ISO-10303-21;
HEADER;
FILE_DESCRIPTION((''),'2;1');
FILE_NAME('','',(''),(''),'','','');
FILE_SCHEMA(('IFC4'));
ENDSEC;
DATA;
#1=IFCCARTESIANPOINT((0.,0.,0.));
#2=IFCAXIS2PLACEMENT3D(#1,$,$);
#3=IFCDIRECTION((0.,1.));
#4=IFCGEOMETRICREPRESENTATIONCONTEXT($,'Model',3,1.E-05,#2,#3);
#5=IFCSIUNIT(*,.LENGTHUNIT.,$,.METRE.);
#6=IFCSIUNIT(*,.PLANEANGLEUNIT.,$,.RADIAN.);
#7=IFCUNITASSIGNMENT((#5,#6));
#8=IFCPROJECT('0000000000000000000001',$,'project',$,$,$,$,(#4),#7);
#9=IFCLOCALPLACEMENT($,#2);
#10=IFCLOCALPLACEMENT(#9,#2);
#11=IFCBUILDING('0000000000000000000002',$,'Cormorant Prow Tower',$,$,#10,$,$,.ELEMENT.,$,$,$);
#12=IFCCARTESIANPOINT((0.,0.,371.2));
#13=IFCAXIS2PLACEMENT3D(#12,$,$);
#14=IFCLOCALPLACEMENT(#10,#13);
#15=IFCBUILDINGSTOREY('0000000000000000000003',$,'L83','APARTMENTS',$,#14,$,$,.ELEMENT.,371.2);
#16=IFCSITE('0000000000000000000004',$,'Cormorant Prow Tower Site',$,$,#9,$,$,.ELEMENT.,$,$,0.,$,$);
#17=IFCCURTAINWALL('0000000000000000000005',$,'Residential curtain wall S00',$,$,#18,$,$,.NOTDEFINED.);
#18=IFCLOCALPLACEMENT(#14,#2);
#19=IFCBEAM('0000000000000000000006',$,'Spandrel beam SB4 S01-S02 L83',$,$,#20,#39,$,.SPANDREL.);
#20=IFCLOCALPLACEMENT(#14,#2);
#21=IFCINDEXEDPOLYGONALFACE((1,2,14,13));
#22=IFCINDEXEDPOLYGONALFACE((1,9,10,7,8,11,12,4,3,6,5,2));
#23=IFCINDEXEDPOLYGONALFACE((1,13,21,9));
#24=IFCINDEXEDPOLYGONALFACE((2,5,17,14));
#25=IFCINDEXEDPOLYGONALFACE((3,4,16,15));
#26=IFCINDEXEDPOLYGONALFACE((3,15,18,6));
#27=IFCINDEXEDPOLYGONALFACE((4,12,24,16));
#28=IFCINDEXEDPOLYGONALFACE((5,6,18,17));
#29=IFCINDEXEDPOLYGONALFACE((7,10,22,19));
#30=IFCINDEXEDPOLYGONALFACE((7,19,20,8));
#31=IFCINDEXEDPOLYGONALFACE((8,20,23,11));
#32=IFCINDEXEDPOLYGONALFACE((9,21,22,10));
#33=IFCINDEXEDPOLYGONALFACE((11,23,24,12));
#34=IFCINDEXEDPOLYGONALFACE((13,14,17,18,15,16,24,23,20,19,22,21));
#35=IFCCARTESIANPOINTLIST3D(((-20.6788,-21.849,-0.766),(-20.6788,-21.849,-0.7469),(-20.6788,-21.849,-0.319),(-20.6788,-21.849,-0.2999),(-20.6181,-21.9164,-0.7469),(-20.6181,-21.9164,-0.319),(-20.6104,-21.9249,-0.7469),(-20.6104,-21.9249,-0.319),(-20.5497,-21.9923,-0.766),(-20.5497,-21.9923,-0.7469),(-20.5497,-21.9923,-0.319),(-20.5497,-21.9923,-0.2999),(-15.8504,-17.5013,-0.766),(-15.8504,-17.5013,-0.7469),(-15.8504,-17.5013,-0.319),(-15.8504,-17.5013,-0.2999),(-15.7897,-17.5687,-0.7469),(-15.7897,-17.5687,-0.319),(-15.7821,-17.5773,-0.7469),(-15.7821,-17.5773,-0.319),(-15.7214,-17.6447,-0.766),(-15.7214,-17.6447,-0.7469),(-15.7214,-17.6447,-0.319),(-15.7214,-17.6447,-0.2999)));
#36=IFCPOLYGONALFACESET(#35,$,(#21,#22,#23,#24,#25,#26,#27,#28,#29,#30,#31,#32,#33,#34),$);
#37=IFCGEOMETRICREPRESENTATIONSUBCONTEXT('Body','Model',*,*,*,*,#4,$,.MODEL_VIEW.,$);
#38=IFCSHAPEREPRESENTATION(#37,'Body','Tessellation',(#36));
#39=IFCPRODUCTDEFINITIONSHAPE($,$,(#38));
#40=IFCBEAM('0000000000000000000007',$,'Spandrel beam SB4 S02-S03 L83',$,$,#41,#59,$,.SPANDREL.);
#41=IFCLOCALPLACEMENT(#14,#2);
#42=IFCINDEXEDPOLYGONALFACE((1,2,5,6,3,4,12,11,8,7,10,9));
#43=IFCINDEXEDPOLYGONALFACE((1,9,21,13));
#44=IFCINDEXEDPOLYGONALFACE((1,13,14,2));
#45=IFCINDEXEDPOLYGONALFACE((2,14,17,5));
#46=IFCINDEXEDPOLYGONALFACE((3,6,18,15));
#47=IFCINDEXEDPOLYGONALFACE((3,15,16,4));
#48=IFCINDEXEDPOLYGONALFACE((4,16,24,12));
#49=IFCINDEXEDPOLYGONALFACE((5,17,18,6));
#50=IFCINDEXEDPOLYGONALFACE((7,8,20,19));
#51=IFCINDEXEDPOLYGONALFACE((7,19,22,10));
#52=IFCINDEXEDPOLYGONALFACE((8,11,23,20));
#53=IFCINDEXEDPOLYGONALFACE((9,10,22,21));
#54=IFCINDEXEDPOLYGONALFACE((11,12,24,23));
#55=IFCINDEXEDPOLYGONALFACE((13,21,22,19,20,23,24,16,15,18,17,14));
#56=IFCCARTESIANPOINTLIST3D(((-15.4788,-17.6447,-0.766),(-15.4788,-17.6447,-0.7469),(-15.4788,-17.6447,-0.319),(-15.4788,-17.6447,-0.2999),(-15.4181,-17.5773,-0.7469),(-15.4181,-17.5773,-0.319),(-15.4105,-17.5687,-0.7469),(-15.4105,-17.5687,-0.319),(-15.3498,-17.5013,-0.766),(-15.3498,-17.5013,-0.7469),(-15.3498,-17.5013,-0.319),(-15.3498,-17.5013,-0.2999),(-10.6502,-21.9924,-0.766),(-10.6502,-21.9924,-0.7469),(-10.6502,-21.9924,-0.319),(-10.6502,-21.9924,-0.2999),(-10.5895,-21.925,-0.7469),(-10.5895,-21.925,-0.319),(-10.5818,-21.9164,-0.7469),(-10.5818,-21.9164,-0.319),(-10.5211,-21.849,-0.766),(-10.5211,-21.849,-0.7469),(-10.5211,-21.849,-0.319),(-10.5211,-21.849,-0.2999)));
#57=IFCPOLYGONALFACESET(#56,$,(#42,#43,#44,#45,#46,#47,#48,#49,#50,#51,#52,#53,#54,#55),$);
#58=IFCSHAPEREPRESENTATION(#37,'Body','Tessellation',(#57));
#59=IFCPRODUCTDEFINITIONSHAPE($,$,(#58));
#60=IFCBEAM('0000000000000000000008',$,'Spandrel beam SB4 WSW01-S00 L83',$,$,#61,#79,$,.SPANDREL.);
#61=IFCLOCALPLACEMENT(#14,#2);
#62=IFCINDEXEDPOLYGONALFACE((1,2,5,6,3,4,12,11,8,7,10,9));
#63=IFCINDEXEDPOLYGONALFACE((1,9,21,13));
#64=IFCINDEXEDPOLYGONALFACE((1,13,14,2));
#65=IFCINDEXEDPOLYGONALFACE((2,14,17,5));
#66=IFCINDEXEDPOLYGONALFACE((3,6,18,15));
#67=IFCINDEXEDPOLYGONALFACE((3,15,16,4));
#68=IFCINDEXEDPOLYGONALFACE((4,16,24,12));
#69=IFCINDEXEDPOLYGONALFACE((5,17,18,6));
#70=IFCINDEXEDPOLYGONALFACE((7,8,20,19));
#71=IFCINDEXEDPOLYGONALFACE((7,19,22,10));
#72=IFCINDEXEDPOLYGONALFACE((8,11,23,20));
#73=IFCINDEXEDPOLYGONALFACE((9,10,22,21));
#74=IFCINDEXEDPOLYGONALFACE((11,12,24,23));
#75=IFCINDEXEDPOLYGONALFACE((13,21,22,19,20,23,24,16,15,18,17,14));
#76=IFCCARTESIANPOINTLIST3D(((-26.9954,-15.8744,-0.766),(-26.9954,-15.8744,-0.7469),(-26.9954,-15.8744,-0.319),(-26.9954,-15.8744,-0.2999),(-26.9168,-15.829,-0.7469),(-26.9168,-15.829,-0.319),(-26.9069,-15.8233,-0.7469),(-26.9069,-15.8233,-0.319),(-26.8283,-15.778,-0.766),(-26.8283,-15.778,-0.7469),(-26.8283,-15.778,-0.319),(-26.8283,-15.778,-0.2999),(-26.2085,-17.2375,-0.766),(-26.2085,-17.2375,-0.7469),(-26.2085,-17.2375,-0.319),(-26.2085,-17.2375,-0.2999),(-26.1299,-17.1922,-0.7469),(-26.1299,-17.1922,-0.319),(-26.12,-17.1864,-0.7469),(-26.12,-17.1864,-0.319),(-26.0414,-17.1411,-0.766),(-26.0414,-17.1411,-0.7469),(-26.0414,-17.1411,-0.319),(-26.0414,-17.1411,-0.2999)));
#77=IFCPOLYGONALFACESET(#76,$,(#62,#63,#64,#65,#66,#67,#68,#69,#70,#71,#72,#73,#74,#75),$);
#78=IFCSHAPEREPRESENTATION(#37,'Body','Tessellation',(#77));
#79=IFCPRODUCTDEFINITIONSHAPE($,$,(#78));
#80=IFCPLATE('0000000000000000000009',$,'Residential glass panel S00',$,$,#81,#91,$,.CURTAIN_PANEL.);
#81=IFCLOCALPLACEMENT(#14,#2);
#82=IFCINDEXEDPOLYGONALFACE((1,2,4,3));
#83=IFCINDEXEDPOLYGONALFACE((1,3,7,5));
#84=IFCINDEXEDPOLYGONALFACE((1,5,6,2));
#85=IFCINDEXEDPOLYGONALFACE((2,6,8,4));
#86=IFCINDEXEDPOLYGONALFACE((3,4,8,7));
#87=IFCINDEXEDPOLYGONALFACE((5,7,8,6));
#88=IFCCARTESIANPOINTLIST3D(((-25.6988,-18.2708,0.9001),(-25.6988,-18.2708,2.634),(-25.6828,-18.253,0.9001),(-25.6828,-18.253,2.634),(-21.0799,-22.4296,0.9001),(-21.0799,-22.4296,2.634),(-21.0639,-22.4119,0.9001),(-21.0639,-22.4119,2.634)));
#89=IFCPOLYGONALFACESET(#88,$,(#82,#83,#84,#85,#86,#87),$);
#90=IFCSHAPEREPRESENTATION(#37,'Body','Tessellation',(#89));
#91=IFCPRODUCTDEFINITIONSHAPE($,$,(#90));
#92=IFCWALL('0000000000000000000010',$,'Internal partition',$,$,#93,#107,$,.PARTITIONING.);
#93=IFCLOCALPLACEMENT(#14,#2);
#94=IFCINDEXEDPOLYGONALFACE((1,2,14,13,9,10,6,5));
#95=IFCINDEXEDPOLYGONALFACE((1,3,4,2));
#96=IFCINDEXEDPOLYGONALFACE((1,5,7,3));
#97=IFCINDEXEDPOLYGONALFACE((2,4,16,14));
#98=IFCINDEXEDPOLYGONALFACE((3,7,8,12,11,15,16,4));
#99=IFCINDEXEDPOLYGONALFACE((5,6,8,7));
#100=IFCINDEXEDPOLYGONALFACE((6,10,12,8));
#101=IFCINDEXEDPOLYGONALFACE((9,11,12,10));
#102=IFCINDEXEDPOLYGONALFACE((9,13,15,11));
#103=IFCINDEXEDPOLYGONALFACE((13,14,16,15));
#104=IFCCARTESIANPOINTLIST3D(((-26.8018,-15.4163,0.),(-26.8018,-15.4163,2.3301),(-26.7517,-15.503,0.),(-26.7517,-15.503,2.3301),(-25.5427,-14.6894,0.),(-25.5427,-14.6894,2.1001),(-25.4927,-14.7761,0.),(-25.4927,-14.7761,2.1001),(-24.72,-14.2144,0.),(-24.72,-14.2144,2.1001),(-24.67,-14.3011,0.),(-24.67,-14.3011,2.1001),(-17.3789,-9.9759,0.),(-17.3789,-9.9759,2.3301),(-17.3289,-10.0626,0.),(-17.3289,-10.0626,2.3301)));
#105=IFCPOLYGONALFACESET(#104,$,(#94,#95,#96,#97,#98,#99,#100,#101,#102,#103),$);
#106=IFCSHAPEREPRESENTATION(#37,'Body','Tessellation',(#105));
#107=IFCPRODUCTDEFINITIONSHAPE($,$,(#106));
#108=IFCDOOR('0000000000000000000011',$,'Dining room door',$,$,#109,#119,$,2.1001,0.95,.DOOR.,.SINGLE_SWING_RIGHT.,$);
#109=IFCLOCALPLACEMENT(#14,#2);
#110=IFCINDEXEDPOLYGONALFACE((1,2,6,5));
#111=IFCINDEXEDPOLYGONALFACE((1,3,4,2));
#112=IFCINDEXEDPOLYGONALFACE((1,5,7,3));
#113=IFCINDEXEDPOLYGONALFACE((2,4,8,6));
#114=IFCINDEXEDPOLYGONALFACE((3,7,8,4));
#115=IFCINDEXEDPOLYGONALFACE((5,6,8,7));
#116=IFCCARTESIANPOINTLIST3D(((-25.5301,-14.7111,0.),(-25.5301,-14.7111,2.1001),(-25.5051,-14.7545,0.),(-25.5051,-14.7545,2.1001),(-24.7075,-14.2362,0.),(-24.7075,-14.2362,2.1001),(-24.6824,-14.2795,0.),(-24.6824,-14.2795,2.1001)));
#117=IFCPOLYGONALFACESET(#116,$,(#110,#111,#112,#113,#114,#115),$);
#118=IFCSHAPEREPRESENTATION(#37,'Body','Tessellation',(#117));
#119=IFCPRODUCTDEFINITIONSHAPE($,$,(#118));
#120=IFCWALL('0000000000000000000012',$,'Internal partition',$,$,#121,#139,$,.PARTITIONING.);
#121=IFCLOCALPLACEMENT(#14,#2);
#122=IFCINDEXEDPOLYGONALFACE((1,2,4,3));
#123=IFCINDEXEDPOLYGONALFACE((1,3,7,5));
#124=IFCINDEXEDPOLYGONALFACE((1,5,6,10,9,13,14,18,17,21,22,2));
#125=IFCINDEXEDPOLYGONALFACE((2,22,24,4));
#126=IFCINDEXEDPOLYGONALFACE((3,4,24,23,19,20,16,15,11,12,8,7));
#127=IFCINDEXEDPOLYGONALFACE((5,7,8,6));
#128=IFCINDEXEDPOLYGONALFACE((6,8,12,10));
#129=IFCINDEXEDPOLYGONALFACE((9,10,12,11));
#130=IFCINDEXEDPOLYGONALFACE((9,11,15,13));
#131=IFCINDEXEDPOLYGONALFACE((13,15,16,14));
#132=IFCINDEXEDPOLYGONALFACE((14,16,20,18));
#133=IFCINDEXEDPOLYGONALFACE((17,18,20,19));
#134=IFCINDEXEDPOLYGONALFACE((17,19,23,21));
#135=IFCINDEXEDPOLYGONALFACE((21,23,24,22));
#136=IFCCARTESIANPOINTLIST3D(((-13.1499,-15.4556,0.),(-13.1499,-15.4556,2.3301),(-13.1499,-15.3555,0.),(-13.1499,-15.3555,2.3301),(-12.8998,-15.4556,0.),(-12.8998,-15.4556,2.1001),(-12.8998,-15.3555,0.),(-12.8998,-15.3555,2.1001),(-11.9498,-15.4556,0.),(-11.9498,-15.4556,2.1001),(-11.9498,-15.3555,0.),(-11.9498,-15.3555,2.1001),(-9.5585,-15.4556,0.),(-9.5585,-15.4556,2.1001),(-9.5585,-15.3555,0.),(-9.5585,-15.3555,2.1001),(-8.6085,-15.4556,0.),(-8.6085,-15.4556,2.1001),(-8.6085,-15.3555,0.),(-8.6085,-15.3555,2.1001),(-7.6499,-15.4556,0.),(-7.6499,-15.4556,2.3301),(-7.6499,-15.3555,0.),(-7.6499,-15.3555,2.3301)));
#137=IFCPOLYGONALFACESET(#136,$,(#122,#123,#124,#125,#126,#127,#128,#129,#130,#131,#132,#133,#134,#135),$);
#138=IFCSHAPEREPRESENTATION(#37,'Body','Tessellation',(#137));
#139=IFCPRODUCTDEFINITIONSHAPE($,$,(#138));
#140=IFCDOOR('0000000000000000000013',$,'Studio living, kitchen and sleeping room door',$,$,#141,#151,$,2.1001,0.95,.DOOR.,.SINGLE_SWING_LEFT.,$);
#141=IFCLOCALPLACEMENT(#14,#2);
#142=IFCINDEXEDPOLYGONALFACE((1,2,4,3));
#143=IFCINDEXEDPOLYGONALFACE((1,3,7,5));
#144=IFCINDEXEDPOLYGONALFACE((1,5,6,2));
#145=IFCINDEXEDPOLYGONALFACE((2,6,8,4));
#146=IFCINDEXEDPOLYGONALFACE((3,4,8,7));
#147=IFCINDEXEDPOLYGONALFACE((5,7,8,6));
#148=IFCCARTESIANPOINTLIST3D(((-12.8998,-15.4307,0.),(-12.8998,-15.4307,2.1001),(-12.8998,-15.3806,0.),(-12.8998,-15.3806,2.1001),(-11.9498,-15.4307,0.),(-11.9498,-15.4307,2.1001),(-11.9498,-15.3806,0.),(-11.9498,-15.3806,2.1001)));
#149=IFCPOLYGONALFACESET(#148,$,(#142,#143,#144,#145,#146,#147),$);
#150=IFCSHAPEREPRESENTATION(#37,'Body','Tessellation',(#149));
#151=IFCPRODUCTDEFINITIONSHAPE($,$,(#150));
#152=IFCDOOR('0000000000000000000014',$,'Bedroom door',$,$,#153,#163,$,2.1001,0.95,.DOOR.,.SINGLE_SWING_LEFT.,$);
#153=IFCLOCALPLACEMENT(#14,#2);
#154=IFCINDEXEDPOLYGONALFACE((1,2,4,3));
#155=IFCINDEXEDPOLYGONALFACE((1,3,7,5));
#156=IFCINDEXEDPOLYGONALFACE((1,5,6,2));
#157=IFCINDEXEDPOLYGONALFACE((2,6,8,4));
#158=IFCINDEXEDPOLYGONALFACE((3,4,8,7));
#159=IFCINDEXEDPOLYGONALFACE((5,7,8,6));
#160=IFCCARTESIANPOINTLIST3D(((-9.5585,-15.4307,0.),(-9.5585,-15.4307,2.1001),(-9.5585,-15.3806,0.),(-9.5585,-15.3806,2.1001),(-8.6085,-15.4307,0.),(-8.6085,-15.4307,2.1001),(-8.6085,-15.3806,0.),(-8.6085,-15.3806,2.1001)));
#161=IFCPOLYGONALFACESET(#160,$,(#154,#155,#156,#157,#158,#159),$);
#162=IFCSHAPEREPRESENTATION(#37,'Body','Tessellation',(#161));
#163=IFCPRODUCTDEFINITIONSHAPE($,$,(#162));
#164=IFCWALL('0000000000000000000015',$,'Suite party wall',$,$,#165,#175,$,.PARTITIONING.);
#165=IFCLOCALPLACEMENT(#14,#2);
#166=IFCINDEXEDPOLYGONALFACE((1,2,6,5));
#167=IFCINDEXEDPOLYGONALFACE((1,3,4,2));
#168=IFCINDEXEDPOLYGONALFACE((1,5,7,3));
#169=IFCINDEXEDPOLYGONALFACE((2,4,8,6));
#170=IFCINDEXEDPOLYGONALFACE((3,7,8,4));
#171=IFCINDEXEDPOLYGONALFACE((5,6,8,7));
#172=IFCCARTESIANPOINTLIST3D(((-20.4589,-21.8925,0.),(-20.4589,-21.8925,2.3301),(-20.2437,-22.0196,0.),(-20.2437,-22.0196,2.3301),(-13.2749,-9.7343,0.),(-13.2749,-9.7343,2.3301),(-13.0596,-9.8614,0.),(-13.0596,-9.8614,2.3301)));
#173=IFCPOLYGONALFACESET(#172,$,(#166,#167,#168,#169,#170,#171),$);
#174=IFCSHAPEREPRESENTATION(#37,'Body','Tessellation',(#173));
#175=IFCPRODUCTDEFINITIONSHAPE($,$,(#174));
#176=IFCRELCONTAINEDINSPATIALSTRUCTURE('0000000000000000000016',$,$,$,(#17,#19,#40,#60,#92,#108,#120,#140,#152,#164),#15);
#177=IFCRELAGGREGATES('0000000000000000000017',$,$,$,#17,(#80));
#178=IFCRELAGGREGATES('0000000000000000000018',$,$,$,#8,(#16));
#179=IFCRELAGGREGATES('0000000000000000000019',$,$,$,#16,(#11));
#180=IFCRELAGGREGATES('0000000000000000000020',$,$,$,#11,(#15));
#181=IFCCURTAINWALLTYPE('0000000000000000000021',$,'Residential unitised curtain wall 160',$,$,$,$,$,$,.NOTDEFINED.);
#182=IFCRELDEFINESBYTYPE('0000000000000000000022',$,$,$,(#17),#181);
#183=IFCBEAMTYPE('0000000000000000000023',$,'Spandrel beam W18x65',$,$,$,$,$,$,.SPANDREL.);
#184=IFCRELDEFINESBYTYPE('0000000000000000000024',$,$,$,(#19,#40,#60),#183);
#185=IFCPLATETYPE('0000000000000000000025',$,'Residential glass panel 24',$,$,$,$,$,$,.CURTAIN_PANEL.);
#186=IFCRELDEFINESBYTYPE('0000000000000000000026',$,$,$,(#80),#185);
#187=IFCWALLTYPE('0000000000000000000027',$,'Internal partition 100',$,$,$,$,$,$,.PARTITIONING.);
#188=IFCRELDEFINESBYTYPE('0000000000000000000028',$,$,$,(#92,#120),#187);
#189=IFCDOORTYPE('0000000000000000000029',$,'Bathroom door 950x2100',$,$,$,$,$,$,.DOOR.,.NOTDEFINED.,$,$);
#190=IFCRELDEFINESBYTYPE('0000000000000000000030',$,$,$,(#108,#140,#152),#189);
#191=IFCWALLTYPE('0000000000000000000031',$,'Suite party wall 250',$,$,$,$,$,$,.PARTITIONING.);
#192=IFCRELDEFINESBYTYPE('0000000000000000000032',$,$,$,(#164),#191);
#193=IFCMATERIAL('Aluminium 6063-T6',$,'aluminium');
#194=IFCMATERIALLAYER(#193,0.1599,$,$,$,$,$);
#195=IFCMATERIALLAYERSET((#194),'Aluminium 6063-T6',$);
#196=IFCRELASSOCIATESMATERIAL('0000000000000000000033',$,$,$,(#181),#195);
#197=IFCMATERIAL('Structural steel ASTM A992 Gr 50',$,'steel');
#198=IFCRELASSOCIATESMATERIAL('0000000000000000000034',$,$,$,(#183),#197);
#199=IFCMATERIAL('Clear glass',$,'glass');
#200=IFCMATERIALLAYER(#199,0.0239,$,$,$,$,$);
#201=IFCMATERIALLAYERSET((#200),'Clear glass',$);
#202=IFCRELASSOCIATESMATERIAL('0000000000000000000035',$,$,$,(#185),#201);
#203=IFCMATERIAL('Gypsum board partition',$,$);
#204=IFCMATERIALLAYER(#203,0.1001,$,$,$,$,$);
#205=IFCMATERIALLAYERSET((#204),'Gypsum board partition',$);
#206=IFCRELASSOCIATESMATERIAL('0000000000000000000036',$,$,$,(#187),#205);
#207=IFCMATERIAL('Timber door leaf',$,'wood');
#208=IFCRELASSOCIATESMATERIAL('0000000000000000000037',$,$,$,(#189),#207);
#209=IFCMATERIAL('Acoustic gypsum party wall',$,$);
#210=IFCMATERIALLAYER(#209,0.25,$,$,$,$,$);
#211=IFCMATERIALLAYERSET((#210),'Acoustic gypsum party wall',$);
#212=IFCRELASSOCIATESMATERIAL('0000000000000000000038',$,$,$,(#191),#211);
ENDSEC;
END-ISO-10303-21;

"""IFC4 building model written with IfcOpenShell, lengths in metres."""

from ifc_helpers import new_model, si_unit, direction, frame, frame_2d, origin, origin_2d, place, context, subcontext, project, spatial, rectangle, i_section, extrude, material, layer, layer_set, material_profile, profile_set, type_object, element, fill, aggregate, save


model = new_model("IFC4")

# Units and contexts
model_context = context("Model", 3, precision=1e-05, world=origin(), true_north=direction((0.0, 1.0)))
body_context = subcontext(model_context, "Body", "Model", "MODEL_VIEW")
ifc_project = project(units=[si_unit("LENGTHUNIT", "METRE"), si_unit("PLANEANGLEUNIT", "RADIAN")], contexts=[model_context])

# Site, building, storey
site_placement = place(None, origin())
site = spatial("IfcSite", under=ifc_project, at=site_placement, Name="Cormorant Prow Tower Site", CompositionType="ELEMENT", RefElevation=0.0)
building_placement = place(site_placement, origin())
building = spatial("IfcBuilding", under=site, at=building_placement, Name="Cormorant Prow Tower", CompositionType="ELEMENT")
storey_placement = place(building_placement, frame((0.0, 0.0, 371.2)))
storey = spatial("IfcBuildingStorey", under=building, at=storey_placement, Name="L83", Description="APARTMENTS", CompositionType="ELEMENT", Elevation=371.2)

# Curtain wall
ifc_material_1 = material(Name="Aluminium 6063-T6", Category="aluminium")
ifc_layer_1 = layer(ifc_material_1, 0.1599)
ifc_layer_set_1 = layer_set([ifc_layer_1], Name="Aluminium 6063-T6")
curtain_wall_type = type_object("IfcCurtainWallType", Name="Residential unitised curtain wall 160", PredefinedType="NOTDEFINED", material=ifc_layer_set_1)
curtain_wall_1_placement = place(storey_placement, origin())
curtain_wall_1 = element("IfcCurtainWall", 1, at=curtain_wall_1_placement, inside=storey, type_object=curtain_wall_type, Name="Residential curtain wall S00", PredefinedType="NOTDEFINED")

# Beams
ifc_material_2 = material(Name="Structural steel ASTM A992 Gr 50", Category="steel")
ifc_material_profile_1 = material_profile(ifc_material_2, i_section(OverallWidth=0.1929, OverallDepth=0.4661, WebThickness=0.0115, FlangeThickness=0.019, at=origin_2d()), Name="W18x65")
ifc_profile_set_1 = profile_set([ifc_material_profile_1], Name="Structural steel ASTM A992 Gr 50")
beam_type = type_object("IfcBeamType", Name="Spandrel beam W18x65", PredefinedType="SPANDREL", material=ifc_profile_set_1)
for number, where, z_axis, x_axis, name in (
    (2, (-20.6143, -21.9207, -0.533), (0.743132, 0.669145, 0.0), (-0.669145, 0.743132, 0.0), "Spandrel beam SB4 S01-S02 L83"),
):
    element("IfcBeam", number, at=place(storey_placement, frame(where, z_axis=z_axis, x_axis=x_axis)), inside=storey, type_object=beam_type, Name=name, PredefinedType="SPANDREL", context=body_context, shape_type="SweptSolid", body=[
        extrude(i_section(OverallWidth=0.1929, OverallDepth=0.4661, WebThickness=0.0115, FlangeThickness=0.019, at=origin_2d()), origin(), (0.0, 0.0, 1.0), 6.4973),
    ])
beam_1_placement = place(storey_placement, frame((-15.4143, -17.573, -0.533), z_axis=(0.743148, -0.669127, 0.0), x_axis=(0.669127, 0.743148, 0.0)))
element("IfcBeam", 3, at=beam_1_placement, inside=storey, type_object=beam_type, Name="Spandrel beam SB4 S02-S03 L83", PredefinedType="SPANDREL", context=body_context, shape_type="SweptSolid", body=[
    extrude(i_section(OverallWidth=0.1929, OverallDepth=0.4661, WebThickness=0.0115, FlangeThickness=0.019, at=origin_2d()), origin(), (0.0, 0.0, 1.0), 6.4976),
])
beam_2_placement = place(storey_placement, frame((-26.9119, -15.8262, -0.533), z_axis=(0.49996, -0.866049, 0.0), x_axis=(0.866049, 0.49996, 0.0)))
element("IfcBeam", 4, at=beam_2_placement, inside=storey, type_object=beam_type, Name="Spandrel beam SB4 WSW01-S00 L83", PredefinedType="SPANDREL", context=body_context, shape_type="SweptSolid", body=[
    extrude(i_section(OverallWidth=0.1929, OverallDepth=0.4661, WebThickness=0.0115, FlangeThickness=0.019, at=origin_2d()), origin(), (0.0, 0.0, 1.0), 1.574),
])

# Plate
ifc_material_3 = material(Name="Clear glass", Category="glass")
ifc_layer_2 = layer(ifc_material_3, 0.0239)
ifc_layer_set_2 = layer_set([ifc_layer_2], Name="Clear glass")
plate_type = type_object("IfcPlateType", Name="Residential glass panel 24", PredefinedType="CURTAIN_PANEL", material=ifc_layer_set_2)
plate_placement = place(storey_placement, frame((-23.3813, -20.3413, 0.9001), z_axis=(0.0, 0.0, 1.0), x_axis=(0.743145, -0.669131, 0.0)))
plate = element("IfcPlate", 5, at=plate_placement, type_object=plate_type, Name="Residential glass panel S00", PredefinedType="CURTAIN_PANEL", context=body_context, shape_type="SweptSolid", body=[
    extrude(rectangle(XDim=6.2153, YDim=0.0239, at=origin_2d()), origin(), (0.0, 0.0, 1.0), 1.7339),
])
aggregate(curtain_wall_1, [plate])

# Wall, opening, door
ifc_material_4 = material(Name="Gypsum board partition")
ifc_layer_3 = layer(ifc_material_4, 0.1001)
ifc_layer_set_3 = layer_set([ifc_layer_3], Name="Gypsum board partition")
wall_type_1 = type_object("IfcWallType", Name="Internal partition 100", PredefinedType="PARTITIONING", material=ifc_layer_set_3)
wall_1_placement = place(storey_placement, frame((-26.7769, -15.4597, 0.0), z_axis=(0.0, 0.0, 1.0), x_axis=(0.86602, 0.50001, 0.0)))
wall_1 = element("IfcWall", 6, at=wall_1_placement, inside=storey, type_object=wall_type_1, Name="Internal partition", PredefinedType="PARTITIONING", context=body_context, shape_type="SweptSolid", body=[
    extrude(rectangle(XDim=10.8806, YDim=0.1001, at=frame_2d((5.4404, 0.0))), origin(), (0.0, 0.0, 1.0), 2.3301),
])
opening_1_placement = place(wall_1_placement, frame((1.4539, 0.0, 0.0)))
opening_1 = element("IfcOpeningElement", 7, at=opening_1_placement, cuts=wall_1, PredefinedType="OPENING", context=body_context, shape_type="SweptSolid", body=[
    extrude(rectangle(XDim=0.95, YDim=2.1001, at=frame_2d((0.4751, 1.05))), frame((0.0, 0.0601, 0.0), z_axis=(0.0, -1.0, 0.0), x_axis=(1.0, 0.0, 0.0)), (0.0, 0.0, 1.0), 0.1201),
])
ifc_material_5 = material(Name="Timber door leaf", Category="wood")
door_type_1 = type_object("IfcDoorType", Name="Bathroom door 950x2100", OperationType="NOTDEFINED", PredefinedType="DOOR", material=ifc_material_5)
door_1_placement = place(opening_1_placement, origin())
door_1 = element("IfcDoor", 8, at=door_1_placement, inside=storey, type_object=door_type_1, Name="Dining room door", OperationType="SINGLE_SWING_RIGHT", OverallHeight=2.1001, OverallWidth=0.95, PredefinedType="DOOR", context=body_context, shape_type="SweptSolid", body=[
    extrude(rectangle(XDim=0.95, YDim=2.1001, at=frame_2d((0.4751, 1.05))), frame((0.0, 0.0249, 0.0), z_axis=(0.0, -1.0, 0.0), x_axis=(1.0, 0.0, 0.0)), (0.0, 0.0, 1.0), 0.05),
])
fill(opening_1, door_1)

# Wall, openings, doors
wall_2_placement = place(storey_placement, frame((-13.1499, -15.4055, 0.0), z_axis=(0.0, 0.0, 1.0), x_axis=(1.0, 0.0, 0.0)))
wall_2 = element("IfcWall", 9, at=wall_2_placement, inside=storey, type_object=wall_type_1, Name="Internal partition", PredefinedType="PARTITIONING", context=body_context, shape_type="SweptSolid", body=[
    extrude(rectangle(XDim=5.5, YDim=0.1001, at=frame_2d((2.75, 0.0))), origin(), (0.0, 0.0, 1.0), 2.3301),
])
opening_2_placement = place(wall_2_placement, frame((0.25, 0.0, 0.0)))
opening_2 = element("IfcOpeningElement", 10, at=opening_2_placement, cuts=wall_2, PredefinedType="OPENING", context=body_context, shape_type="SweptSolid", body=[
    extrude(rectangle(XDim=0.95, YDim=2.1001, at=frame_2d((0.4751, 1.05))), frame((0.0, 0.0601, 0.0), z_axis=(0.0, -1.0, 0.0), x_axis=(1.0, 0.0, 0.0)), (0.0, 0.0, 1.0), 0.1201),
])
opening_3_placement = place(wall_2_placement, frame((3.5913, 0.0, 0.0)))
opening_3 = element("IfcOpeningElement", 11, at=opening_3_placement, cuts=wall_2, PredefinedType="OPENING", context=body_context, shape_type="SweptSolid", body=[
    extrude(rectangle(XDim=0.95, YDim=2.1001, at=frame_2d((0.4751, 1.05))), frame((0.0, 0.0601, 0.0), z_axis=(0.0, -1.0, 0.0), x_axis=(1.0, 0.0, 0.0)), (0.0, 0.0, 1.0), 0.1201),
])
door_2_placement = place(opening_2_placement, origin())
door_2 = element("IfcDoor", 12, at=door_2_placement, inside=storey, type_object=door_type_1, Name="Studio living, kitchen and sleeping room door", OperationType="SINGLE_SWING_LEFT", OverallHeight=2.1001, OverallWidth=0.95, PredefinedType="DOOR", context=body_context, shape_type="SweptSolid", body=[
    extrude(rectangle(XDim=0.95, YDim=2.1001, at=frame_2d((0.4751, 1.05))), frame((0.0, 0.0249, 0.0), z_axis=(0.0, -1.0, 0.0), x_axis=(1.0, 0.0, 0.0)), (0.0, 0.0, 1.0), 0.05),
])
fill(opening_2, door_2)
door_3_placement = place(opening_3_placement, origin())
door_3 = element("IfcDoor", 13, at=door_3_placement, inside=storey, type_object=door_type_1, Name="Bedroom door", OperationType="SINGLE_SWING_LEFT", OverallHeight=2.1001, OverallWidth=0.95, PredefinedType="DOOR", context=body_context, shape_type="SweptSolid", body=[
    extrude(rectangle(XDim=0.95, YDim=2.1001, at=frame_2d((0.4751, 1.05))), frame((0.0, 0.0249, 0.0), z_axis=(0.0, -1.0, 0.0), x_axis=(1.0, 0.0, 0.0)), (0.0, 0.0, 1.0), 0.05),
])
fill(opening_3, door_3)

# Wall
ifc_material_6 = material(Name="Acoustic gypsum party wall")
ifc_layer_4 = layer(ifc_material_6, 0.25)
ifc_layer_set_4 = layer_set([ifc_layer_4], Name="Acoustic gypsum party wall")
wall_type_2 = type_object("IfcWallType", Name="Suite party wall 250", PredefinedType="PARTITIONING", material=ifc_layer_set_4)
wall_3_placement = place(storey_placement, frame((-20.3513, -21.9561, 0.0), z_axis=(0.0, 0.0, 1.0), x_axis=(0.508713, 0.860936, 0.0)))
element("IfcWall", 14, at=wall_3_placement, inside=storey, type_object=wall_type_2, Name="Suite party wall", PredefinedType="PARTITIONING", context=body_context, shape_type="SweptSolid", body=[
    extrude(rectangle(XDim=14.1221, YDim=0.25, at=frame_2d((7.061, 0.0))), origin(), (0.0, 0.0, 1.0), 2.3301),
])

save(model, "model.ifc")
